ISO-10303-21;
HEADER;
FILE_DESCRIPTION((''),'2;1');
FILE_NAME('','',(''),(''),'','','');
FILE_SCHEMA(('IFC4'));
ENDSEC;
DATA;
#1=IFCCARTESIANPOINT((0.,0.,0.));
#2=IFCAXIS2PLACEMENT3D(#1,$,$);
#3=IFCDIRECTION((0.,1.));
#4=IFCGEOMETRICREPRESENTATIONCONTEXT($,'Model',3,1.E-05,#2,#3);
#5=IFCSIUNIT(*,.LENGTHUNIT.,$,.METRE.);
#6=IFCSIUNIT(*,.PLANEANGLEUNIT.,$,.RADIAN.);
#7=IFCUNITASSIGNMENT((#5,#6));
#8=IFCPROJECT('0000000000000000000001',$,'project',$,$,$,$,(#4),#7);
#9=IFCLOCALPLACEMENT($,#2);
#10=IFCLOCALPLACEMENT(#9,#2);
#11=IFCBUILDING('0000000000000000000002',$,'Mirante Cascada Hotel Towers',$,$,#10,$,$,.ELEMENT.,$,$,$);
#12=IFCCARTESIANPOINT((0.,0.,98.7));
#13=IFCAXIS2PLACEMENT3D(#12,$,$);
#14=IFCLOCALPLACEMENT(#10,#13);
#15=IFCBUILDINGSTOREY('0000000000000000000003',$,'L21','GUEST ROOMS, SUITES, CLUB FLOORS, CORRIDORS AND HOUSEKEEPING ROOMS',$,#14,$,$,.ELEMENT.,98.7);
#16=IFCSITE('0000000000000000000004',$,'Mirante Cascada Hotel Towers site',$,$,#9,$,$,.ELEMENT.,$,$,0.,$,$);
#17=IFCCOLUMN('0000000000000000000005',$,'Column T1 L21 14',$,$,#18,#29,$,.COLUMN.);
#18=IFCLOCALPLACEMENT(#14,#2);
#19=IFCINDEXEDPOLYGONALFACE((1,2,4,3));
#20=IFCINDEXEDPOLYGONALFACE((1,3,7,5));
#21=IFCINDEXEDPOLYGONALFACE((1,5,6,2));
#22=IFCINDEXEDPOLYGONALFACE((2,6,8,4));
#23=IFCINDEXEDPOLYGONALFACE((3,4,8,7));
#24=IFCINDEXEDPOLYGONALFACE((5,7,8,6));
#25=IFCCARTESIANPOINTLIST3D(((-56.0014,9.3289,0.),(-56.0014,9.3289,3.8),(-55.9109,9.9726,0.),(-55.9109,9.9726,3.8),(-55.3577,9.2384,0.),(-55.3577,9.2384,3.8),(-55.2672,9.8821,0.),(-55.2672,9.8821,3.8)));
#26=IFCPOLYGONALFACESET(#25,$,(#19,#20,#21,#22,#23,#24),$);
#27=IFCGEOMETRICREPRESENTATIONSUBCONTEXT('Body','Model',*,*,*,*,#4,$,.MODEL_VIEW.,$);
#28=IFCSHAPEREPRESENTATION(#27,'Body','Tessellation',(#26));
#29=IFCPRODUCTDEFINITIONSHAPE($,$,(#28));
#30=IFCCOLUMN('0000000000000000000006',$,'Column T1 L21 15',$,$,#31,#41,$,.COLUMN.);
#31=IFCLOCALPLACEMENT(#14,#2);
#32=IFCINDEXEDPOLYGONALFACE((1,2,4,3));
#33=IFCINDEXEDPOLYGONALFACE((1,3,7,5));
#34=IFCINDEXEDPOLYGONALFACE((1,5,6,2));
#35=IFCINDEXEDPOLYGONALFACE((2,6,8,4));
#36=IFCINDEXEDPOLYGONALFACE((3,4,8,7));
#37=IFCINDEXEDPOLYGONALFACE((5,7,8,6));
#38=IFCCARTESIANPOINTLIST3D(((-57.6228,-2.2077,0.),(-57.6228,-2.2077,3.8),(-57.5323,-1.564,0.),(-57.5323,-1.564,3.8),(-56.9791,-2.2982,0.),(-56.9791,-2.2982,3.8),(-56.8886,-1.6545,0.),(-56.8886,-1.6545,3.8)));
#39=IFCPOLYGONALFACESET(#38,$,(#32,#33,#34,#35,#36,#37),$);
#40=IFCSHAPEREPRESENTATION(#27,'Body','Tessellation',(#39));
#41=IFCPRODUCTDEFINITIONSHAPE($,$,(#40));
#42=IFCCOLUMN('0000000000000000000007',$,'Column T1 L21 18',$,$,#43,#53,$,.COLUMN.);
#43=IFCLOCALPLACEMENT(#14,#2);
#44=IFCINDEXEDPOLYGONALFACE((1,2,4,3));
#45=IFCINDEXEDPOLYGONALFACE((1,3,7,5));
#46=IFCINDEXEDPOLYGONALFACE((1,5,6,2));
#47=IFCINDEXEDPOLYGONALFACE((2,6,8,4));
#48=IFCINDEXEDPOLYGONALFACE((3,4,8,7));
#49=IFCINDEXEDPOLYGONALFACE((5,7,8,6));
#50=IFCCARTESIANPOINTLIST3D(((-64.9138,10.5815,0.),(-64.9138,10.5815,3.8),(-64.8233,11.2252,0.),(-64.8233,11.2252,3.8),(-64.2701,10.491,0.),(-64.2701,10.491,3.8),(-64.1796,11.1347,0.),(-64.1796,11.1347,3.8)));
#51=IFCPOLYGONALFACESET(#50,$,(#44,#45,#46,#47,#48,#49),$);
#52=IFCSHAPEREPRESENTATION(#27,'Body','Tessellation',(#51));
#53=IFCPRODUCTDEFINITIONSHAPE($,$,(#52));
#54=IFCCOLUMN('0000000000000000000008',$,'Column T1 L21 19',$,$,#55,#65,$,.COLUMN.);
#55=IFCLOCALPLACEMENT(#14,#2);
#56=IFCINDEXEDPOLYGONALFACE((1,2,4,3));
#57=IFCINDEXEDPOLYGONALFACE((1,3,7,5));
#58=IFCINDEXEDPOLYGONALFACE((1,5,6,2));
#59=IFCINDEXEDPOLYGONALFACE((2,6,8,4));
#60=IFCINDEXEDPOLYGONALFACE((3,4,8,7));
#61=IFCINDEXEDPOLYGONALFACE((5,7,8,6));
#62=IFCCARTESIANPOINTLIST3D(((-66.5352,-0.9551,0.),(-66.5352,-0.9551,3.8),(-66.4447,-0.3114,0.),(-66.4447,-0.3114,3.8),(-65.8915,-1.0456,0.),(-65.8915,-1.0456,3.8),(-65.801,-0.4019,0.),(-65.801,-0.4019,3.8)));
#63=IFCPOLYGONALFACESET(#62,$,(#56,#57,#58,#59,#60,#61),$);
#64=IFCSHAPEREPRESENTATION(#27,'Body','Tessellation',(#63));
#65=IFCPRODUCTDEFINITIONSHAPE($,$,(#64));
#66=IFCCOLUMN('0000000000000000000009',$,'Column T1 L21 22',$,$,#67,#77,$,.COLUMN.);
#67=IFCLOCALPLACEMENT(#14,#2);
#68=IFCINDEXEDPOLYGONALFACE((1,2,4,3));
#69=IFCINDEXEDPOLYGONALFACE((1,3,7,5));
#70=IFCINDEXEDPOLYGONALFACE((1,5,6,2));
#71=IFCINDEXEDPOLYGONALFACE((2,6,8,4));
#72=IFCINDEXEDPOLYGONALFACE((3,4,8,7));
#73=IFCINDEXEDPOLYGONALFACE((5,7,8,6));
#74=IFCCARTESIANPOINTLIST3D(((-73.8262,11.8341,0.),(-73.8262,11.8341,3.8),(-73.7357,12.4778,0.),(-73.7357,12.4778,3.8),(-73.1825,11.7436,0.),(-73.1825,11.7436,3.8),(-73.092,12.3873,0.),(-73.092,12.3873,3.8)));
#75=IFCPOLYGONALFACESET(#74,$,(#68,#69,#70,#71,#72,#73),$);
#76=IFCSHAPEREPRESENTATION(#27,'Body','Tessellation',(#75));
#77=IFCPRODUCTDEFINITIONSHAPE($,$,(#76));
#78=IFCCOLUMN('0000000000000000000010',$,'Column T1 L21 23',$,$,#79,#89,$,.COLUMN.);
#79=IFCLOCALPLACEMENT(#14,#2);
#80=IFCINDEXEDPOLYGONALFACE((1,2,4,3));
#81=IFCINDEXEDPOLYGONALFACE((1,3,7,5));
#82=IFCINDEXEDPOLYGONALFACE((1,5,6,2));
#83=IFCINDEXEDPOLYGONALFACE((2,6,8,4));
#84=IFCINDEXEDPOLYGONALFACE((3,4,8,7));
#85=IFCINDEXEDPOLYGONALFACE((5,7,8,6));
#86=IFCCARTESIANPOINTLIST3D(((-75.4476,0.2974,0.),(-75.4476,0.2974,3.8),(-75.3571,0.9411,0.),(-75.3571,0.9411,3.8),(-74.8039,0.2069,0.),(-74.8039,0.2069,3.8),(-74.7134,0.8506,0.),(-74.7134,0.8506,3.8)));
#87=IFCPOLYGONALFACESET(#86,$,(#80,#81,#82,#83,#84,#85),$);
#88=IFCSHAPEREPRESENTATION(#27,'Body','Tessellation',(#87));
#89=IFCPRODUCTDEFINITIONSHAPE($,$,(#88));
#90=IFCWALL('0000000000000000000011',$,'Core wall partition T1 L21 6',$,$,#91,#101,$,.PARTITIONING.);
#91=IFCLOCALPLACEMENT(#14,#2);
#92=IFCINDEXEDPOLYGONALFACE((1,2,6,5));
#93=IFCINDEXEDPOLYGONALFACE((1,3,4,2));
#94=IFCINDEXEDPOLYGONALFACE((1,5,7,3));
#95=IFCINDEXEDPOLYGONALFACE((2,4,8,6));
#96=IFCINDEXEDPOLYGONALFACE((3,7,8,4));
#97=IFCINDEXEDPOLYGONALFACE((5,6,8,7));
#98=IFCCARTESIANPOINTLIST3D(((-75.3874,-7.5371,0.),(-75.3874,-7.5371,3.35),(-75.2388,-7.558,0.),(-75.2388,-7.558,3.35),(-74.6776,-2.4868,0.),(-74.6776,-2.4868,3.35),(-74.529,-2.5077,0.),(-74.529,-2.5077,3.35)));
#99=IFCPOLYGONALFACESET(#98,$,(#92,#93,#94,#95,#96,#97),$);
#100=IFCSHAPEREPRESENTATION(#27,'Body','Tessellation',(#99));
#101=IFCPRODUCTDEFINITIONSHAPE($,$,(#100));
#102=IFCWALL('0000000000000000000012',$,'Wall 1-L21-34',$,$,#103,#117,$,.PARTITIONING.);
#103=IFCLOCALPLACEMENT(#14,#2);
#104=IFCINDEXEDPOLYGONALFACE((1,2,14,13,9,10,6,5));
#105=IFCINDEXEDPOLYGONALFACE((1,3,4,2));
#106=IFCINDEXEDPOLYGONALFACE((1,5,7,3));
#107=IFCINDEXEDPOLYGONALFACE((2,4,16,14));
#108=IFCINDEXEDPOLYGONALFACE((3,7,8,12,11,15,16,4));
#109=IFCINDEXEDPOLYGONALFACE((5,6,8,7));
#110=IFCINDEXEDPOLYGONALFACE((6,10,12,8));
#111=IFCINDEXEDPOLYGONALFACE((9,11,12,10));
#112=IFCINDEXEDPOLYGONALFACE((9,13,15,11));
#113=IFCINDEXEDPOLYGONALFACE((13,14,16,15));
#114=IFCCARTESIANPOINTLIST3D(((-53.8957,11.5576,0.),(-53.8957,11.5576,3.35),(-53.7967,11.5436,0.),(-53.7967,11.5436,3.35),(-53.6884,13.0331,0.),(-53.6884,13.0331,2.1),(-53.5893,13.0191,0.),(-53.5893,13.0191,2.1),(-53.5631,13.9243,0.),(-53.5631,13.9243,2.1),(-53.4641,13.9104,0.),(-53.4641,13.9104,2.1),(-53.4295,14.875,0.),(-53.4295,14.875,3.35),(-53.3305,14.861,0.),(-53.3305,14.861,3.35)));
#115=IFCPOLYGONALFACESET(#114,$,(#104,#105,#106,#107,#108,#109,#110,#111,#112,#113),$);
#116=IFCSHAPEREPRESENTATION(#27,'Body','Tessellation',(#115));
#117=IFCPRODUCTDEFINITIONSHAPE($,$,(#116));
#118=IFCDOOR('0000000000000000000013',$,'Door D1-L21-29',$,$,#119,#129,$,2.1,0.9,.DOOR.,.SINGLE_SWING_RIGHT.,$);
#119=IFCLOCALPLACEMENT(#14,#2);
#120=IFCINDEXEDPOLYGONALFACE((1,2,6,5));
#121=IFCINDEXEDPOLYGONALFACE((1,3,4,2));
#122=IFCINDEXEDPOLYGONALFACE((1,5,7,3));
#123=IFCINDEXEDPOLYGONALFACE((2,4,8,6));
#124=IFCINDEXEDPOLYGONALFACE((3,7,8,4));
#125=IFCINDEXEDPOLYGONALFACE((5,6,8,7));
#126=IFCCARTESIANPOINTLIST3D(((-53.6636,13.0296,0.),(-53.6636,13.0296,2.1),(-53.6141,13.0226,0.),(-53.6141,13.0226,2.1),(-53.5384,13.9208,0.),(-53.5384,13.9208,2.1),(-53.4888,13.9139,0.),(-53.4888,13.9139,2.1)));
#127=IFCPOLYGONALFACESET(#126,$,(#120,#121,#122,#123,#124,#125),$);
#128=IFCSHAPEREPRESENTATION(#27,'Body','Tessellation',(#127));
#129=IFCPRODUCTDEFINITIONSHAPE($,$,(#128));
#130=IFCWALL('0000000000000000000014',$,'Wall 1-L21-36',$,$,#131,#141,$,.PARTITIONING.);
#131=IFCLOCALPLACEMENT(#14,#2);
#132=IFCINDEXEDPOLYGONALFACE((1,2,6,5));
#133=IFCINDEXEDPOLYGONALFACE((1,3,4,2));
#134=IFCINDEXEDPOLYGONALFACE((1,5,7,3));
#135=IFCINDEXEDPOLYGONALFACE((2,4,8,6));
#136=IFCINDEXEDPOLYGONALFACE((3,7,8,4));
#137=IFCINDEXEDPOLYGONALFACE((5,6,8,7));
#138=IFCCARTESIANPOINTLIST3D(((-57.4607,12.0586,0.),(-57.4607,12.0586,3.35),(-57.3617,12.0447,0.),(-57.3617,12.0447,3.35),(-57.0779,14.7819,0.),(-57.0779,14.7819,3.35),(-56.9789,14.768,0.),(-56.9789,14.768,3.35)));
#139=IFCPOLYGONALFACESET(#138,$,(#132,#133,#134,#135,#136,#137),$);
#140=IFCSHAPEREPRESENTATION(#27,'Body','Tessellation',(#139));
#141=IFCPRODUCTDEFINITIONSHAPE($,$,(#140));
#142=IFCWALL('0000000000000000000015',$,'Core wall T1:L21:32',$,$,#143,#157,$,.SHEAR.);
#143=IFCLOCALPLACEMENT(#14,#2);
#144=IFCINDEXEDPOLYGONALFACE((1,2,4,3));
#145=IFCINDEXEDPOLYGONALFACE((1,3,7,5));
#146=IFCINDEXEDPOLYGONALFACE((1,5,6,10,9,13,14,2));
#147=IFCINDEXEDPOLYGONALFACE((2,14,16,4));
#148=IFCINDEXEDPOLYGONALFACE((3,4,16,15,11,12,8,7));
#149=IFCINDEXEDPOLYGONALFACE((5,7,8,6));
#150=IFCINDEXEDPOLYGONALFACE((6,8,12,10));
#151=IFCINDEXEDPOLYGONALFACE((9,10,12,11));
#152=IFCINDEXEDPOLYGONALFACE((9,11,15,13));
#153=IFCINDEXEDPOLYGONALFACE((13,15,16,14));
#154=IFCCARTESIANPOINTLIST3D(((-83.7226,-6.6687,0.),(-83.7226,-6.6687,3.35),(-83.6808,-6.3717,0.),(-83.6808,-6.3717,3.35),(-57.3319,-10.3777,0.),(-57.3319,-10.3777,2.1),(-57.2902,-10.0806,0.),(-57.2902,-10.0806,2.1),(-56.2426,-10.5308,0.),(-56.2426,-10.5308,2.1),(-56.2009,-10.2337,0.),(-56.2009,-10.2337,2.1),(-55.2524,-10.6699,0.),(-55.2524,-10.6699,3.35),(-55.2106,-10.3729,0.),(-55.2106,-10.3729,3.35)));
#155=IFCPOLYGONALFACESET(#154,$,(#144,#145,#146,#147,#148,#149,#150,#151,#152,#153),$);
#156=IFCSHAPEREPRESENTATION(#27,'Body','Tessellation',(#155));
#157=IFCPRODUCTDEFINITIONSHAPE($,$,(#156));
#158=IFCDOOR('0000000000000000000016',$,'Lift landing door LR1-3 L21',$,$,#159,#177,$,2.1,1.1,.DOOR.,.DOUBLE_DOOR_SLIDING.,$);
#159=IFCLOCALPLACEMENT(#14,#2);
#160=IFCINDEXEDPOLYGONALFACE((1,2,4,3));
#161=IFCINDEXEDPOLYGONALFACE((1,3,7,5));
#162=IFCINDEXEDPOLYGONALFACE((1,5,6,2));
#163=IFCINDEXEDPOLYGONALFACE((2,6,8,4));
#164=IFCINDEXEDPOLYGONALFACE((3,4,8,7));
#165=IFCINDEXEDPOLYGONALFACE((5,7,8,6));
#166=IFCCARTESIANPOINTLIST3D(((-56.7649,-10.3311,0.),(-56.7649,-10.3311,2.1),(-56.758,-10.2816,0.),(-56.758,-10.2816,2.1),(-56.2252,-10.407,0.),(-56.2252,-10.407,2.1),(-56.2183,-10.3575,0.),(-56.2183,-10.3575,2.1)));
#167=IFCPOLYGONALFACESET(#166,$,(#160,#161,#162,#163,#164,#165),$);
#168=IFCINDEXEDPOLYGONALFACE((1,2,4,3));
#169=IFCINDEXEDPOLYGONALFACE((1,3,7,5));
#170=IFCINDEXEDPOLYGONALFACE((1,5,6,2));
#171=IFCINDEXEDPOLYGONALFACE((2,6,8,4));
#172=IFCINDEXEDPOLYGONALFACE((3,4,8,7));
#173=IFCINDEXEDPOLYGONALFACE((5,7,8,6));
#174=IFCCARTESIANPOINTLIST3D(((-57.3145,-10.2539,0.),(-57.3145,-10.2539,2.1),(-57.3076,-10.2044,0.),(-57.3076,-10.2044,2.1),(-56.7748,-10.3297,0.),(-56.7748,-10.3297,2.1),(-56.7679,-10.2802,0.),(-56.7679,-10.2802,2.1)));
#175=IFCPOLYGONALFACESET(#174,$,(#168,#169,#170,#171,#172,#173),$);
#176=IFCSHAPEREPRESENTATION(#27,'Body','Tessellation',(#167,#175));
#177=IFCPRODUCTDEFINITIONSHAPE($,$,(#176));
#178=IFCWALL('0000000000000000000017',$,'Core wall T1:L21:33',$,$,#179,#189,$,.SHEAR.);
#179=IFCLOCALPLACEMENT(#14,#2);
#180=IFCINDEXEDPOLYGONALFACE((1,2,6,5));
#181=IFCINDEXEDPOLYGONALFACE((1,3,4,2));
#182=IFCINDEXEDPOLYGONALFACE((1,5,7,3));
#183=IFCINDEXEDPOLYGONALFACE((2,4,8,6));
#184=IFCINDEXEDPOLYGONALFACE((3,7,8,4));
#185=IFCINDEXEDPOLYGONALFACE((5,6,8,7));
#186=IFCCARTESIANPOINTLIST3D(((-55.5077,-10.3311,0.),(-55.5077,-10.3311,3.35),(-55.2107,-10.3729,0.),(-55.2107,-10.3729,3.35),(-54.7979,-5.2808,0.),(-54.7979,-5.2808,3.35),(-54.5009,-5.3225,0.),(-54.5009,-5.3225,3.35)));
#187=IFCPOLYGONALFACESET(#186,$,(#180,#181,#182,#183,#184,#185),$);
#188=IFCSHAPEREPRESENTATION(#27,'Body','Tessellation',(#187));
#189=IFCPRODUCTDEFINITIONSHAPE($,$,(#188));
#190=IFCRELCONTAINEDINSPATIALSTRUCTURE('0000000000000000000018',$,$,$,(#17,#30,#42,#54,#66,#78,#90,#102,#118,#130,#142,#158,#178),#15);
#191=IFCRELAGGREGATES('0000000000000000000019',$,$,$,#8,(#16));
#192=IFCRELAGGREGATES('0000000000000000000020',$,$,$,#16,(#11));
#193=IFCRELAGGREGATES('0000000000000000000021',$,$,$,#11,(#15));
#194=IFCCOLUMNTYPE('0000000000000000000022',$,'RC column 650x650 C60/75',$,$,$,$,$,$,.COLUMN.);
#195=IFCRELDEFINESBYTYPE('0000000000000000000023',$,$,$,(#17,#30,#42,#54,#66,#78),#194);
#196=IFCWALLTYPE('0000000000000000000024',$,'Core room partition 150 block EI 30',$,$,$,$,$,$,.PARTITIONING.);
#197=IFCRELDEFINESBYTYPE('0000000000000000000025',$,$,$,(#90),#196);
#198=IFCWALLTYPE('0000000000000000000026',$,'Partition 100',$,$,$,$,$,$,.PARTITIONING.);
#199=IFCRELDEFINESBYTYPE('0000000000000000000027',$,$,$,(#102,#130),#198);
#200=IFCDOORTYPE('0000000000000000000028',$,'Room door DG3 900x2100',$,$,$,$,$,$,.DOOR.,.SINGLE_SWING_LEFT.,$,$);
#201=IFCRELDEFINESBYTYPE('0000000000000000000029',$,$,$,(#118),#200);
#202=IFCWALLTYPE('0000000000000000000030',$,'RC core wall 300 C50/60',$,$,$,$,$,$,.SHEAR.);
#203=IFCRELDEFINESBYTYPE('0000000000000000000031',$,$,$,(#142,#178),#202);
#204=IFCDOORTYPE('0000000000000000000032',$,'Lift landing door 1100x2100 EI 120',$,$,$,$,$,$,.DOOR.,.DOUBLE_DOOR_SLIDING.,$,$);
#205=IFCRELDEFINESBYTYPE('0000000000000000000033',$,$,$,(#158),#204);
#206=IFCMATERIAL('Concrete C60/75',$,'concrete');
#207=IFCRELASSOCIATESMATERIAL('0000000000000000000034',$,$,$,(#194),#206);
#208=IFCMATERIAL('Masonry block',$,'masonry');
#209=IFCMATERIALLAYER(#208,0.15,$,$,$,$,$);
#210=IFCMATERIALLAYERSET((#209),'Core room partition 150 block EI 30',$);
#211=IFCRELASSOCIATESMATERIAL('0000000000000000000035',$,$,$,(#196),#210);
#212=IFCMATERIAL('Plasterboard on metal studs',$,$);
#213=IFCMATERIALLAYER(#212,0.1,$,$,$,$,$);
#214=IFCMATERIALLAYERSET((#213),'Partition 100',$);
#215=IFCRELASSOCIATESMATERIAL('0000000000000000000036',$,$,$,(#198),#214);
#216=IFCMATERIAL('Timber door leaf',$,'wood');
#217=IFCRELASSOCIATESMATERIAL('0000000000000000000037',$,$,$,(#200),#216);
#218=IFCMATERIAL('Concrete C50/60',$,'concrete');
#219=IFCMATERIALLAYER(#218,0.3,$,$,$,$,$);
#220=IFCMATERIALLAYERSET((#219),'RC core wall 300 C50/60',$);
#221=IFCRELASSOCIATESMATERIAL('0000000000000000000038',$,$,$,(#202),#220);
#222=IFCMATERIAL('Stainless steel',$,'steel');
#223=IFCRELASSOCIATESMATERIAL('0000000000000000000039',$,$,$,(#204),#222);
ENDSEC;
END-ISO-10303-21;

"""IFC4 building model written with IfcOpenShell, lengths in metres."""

from ifc_helpers import new_model, si_unit, direction, frame, frame_2d, origin, origin_2d, place, context, subcontext, project, spatial, rectangle, extrude, material, layer, layer_set, material_profile, profile_set, type_object, element, fill, save


model = new_model("IFC4")

# Units and contexts
model_context = context("Model", 3, precision=1e-05, world=origin(), true_north=direction((0.0, 1.0)))
body_context = subcontext(model_context, "Body", "Model", "MODEL_VIEW")
ifc_project = project(units=[si_unit("LENGTHUNIT", "METRE"), si_unit("PLANEANGLEUNIT", "RADIAN")], contexts=[model_context])

# Site, building, storey
site_placement = place(None, origin())
site = spatial("IfcSite", under=ifc_project, at=site_placement, Name="Mirante Cascada Hotel Towers site", CompositionType="ELEMENT", RefElevation=0.0)
building_placement = place(site_placement, origin())
building = spatial("IfcBuilding", under=site, at=building_placement, Name="Mirante Cascada Hotel Towers", CompositionType="ELEMENT")
storey_placement = place(building_placement, frame((0.0, 0.0, 98.7)))
storey = spatial("IfcBuildingStorey", under=building, at=storey_placement, Name="L21", Description="GUEST ROOMS, SUITES, CLUB FLOORS, CORRIDORS AND HOUSEKEEPING ROOMS", CompositionType="ELEMENT", Elevation=98.7)

# Columns
ifc_material_1 = material(Name="Concrete C60/75", Category="concrete")
ifc_material_profile = material_profile(ifc_material_1, rectangle(XDim=0.65, YDim=0.65, at=origin_2d()), Name="RC column 650x650 C60/75")
ifc_profile_set = profile_set([ifc_material_profile], Name="Concrete C60/75")
column_type = type_object("IfcColumnType", Name="RC column 650x650 C60/75", PredefinedType="COLUMN", material=ifc_profile_set)
for number, where, z_axis, x_axis, name in (
    (1, (-55.6343, 9.6055, 0.0), (0.0, 0.0, 1.0), (-0.990268, 0.139173, 0.0), "Column T1 L21 14"),
    (2, (-57.2557, -1.9311, 0.0), (0.0, 0.0, 1.0), (-0.990268, 0.139173, 0.0), "Column T1 L21 15"),
    (3, (-64.5467, 10.8581, 0.0), (0.0, 0.0, 1.0), (-0.990268, 0.139173, 0.0), "Column T1 L21 18"),
    (4, (-66.1681, -0.6785, 0.0), (0.0, 0.0, 1.0), (-0.990268, 0.139173, 0.0), "Column T1 L21 19"),
    (5, (-73.4591, 12.1107, 0.0), (0.0, 0.0, 1.0), (-0.990268, 0.139173, 0.0), "Column T1 L21 22"),
    (6, (-75.0805, 0.574, 0.0), (0.0, 0.0, 1.0), (-0.990268, 0.139173, 0.0), "Column T1 L21 23"),
):
    element("IfcColumn", number, at=place(storey_placement, frame(where, z_axis=z_axis, x_axis=x_axis)), inside=storey, type_object=column_type, Name=name, PredefinedType="COLUMN", context=body_context, shape_type="SweptSolid", body=[
        extrude(rectangle(XDim=0.65, YDim=0.65, at=origin_2d()), origin(), (0.0, 0.0, 1.0), 3.8),
    ])

# Wall
ifc_material_2 = material(Name="Masonry block", Category="masonry")
ifc_layer_1 = layer(ifc_material_2, 0.15)
ifc_layer_set_1 = layer_set([ifc_layer_1], Name="Core room partition 150 block EI 30")
wall_type_1 = type_object("IfcWallType", Name="Core room partition 150 block EI 30", PredefinedType="PARTITIONING", material=ifc_layer_set_1)
wall_1_placement = place(storey_placement, frame((-75.3131, -7.5476, 0.0), z_axis=(0.0, 0.0, 1.0), x_axis=(0.139178, 0.990267, 0.0)))
element("IfcWall", 7, at=wall_1_placement, inside=storey, type_object=wall_type_1, Name="Core wall partition T1 L21 6", PredefinedType="PARTITIONING", context=body_context, shape_type="SweptSolid", body=[
    extrude(rectangle(XDim=5.0999, YDim=0.15, at=frame_2d((2.55, 0.0))), origin(), (0.0, 0.0, 1.0), 3.35),
])

# Wall, opening, door
ifc_material_3 = material(Name="Plasterboard on metal studs")
ifc_layer_2 = layer(ifc_material_3, 0.1)
ifc_layer_set_2 = layer_set([ifc_layer_2], Name="Partition 100")
wall_type_2 = type_object("IfcWallType", Name="Partition 100", PredefinedType="PARTITIONING", material=ifc_layer_set_2)
wall_2_placement = place(storey_placement, frame((-53.8462, 11.5506, 0.0), z_axis=(0.0, 0.0, 1.0), x_axis=(0.139164, 0.990269, 0.0)))
wall_2 = element("IfcWall", 8, at=wall_2_placement, inside=storey, type_object=wall_type_2, Name="Wall 1-L21-34", PredefinedType="PARTITIONING", context=body_context, shape_type="SweptSolid", body=[
    extrude(rectangle(XDim=3.35, YDim=0.1, at=frame_2d((1.675, 0.0))), origin(), (0.0, 0.0, 1.0), 3.35),
])
opening_1_placement = place(wall_2_placement, frame((1.49, 0.0, 0.0)))
opening_1 = element("IfcOpeningElement", 9, at=opening_1_placement, cuts=wall_2, PredefinedType="OPENING", context=body_context, shape_type="SweptSolid", body=[
    extrude(rectangle(XDim=0.9, YDim=2.1, at=frame_2d((0.45, 1.05))), frame((0.0, 0.05, 0.0), z_axis=(0.0, -1.0, 0.0), x_axis=(1.0, 0.0, 0.0)), (0.0, 0.0, 1.0), 0.1),
])
ifc_material_4 = material(Name="Timber door leaf", Category="wood")
door_type_1 = type_object("IfcDoorType", Name="Room door DG3 900x2100", OperationType="SINGLE_SWING_LEFT", PredefinedType="DOOR", material=ifc_material_4)
door_1_placement = place(opening_1_placement, frame((0.9, 0.0, 0.0), z_axis=(0.0, 0.0, 1.0), x_axis=(-1.0, 0.0, 0.0)))
door_1 = element("IfcDoor", 10, at=door_1_placement, inside=storey, type_object=door_type_1, Name="Door D1-L21-29", OperationType="SINGLE_SWING_RIGHT", OverallHeight=2.1, OverallWidth=0.9, PredefinedType="DOOR", context=body_context, shape_type="SweptSolid", body=[
    extrude(rectangle(XDim=0.9, YDim=2.1, at=frame_2d((0.45, 1.05))), frame((0.0, 0.025, 0.0), z_axis=(0.0, -1.0, 0.0), x_axis=(1.0, 0.0, 0.0)), (0.0, 0.0, 1.0), 0.05),
])
fill(opening_1, door_1)

# Wall
wall_3_placement = place(storey_placement, frame((-57.4112, 12.0516, 0.0), z_axis=(0.0, 0.0, 1.0), x_axis=(0.139196, 0.990265, 0.0)))
element("IfcWall", 11, at=wall_3_placement, inside=storey, type_object=wall_type_2, Name="Wall 1-L21-36", PredefinedType="PARTITIONING", context=body_context, shape_type="SweptSolid", body=[
    extrude(rectangle(XDim=2.7501, YDim=0.1, at=frame_2d((1.3751, 0.0))), origin(), (0.0, 0.0, 1.0), 3.35),
])

# Wall, opening, door
ifc_material_5 = material(Name="Concrete C50/60", Category="concrete")
ifc_layer_3 = layer(ifc_material_5, 0.3)
ifc_layer_set_3 = layer_set([ifc_layer_3], Name="RC core wall 300 C50/60")
wall_type_3 = type_object("IfcWallType", Name="RC core wall 300 C50/60", PredefinedType="SHEAR", material=ifc_layer_set_3)
wall_4_placement = place(storey_placement, frame((-55.2315, -10.5214, 0.0), z_axis=(0.0, 0.0, 1.0), x_axis=(-0.990268, 0.139172, 0.0)))
wall_4 = element("IfcWall", 12, at=wall_4_placement, inside=storey, type_object=wall_type_3, Name="Core wall T1:L21:32", PredefinedType="SHEAR", context=body_context, shape_type="SweptSolid", body=[
    extrude(rectangle(XDim=28.75, YDim=0.3, at=frame_2d((14.375, 0.0))), origin(), (0.0, 0.0, 1.0), 3.35),
])
opening_2_placement = place(wall_4_placement, frame((1.0, 0.0, 0.0)))
opening_2 = element("IfcOpeningElement", 13, at=opening_2_placement, cuts=wall_4, PredefinedType="OPENING", context=body_context, shape_type="SweptSolid", body=[
    extrude(rectangle(XDim=1.1, YDim=2.1, at=frame_2d((0.55, 1.05))), frame((0.0, 0.15, 0.0), z_axis=(0.0, -1.0, 0.0), x_axis=(1.0, 0.0, 0.0)), (0.0, 0.0, 1.0), 0.3),
])
ifc_material_6 = material(Name="Stainless steel", Category="steel")
door_type_2 = type_object("IfcDoorType", Name="Lift landing door 1100x2100 EI 120", OperationType="DOUBLE_DOOR_SLIDING", PredefinedType="DOOR", material=ifc_material_6)
door_2_placement = place(opening_2_placement, origin())
door_2 = element("IfcDoor", 14, at=door_2_placement, inside=storey, type_object=door_type_2, Name="Lift landing door LR1-3 L21", OperationType="DOUBLE_DOOR_SLIDING", OverallHeight=2.1, OverallWidth=1.1, PredefinedType="DOOR", context=body_context, shape_type="SweptSolid", body=[
    extrude(rectangle(XDim=0.545, YDim=2.1, at=frame_2d((0.2725, 1.05))), frame((0.0, 0.025, 0.0), z_axis=(0.0, -1.0, 0.0), x_axis=(1.0, 0.0, 0.0)), (0.0, 0.0, 1.0), 0.05),
    extrude(rectangle(XDim=0.545, YDim=2.1, at=frame_2d((0.8275, 1.05))), frame((0.0, 0.025, 0.0), z_axis=(0.0, -1.0, 0.0), x_axis=(1.0, 0.0, 0.0)), (0.0, 0.0, 1.0), 0.05),
])
fill(opening_2, door_2)

# Wall
for number, where, z_axis, x_axis, name in (
    (15, (-55.3592, -10.352, 0.0), (0.0, 0.0, 1.0), (0.139176, 0.990268, 0.0), "Core wall T1:L21:33"),
):
    element("IfcWall", number, at=place(storey_placement, frame(where, z_axis=z_axis, x_axis=x_axis)), inside=storey, type_object=wall_type_3, Name=name, PredefinedType="SHEAR", context=body_context, shape_type="SweptSolid", body=[
        extrude(rectangle(XDim=5.1, YDim=0.3, at=frame_2d((2.55, 0.0))), origin(), (0.0, 0.0, 1.0), 3.35),
    ])

save(model, "model.ifc")
